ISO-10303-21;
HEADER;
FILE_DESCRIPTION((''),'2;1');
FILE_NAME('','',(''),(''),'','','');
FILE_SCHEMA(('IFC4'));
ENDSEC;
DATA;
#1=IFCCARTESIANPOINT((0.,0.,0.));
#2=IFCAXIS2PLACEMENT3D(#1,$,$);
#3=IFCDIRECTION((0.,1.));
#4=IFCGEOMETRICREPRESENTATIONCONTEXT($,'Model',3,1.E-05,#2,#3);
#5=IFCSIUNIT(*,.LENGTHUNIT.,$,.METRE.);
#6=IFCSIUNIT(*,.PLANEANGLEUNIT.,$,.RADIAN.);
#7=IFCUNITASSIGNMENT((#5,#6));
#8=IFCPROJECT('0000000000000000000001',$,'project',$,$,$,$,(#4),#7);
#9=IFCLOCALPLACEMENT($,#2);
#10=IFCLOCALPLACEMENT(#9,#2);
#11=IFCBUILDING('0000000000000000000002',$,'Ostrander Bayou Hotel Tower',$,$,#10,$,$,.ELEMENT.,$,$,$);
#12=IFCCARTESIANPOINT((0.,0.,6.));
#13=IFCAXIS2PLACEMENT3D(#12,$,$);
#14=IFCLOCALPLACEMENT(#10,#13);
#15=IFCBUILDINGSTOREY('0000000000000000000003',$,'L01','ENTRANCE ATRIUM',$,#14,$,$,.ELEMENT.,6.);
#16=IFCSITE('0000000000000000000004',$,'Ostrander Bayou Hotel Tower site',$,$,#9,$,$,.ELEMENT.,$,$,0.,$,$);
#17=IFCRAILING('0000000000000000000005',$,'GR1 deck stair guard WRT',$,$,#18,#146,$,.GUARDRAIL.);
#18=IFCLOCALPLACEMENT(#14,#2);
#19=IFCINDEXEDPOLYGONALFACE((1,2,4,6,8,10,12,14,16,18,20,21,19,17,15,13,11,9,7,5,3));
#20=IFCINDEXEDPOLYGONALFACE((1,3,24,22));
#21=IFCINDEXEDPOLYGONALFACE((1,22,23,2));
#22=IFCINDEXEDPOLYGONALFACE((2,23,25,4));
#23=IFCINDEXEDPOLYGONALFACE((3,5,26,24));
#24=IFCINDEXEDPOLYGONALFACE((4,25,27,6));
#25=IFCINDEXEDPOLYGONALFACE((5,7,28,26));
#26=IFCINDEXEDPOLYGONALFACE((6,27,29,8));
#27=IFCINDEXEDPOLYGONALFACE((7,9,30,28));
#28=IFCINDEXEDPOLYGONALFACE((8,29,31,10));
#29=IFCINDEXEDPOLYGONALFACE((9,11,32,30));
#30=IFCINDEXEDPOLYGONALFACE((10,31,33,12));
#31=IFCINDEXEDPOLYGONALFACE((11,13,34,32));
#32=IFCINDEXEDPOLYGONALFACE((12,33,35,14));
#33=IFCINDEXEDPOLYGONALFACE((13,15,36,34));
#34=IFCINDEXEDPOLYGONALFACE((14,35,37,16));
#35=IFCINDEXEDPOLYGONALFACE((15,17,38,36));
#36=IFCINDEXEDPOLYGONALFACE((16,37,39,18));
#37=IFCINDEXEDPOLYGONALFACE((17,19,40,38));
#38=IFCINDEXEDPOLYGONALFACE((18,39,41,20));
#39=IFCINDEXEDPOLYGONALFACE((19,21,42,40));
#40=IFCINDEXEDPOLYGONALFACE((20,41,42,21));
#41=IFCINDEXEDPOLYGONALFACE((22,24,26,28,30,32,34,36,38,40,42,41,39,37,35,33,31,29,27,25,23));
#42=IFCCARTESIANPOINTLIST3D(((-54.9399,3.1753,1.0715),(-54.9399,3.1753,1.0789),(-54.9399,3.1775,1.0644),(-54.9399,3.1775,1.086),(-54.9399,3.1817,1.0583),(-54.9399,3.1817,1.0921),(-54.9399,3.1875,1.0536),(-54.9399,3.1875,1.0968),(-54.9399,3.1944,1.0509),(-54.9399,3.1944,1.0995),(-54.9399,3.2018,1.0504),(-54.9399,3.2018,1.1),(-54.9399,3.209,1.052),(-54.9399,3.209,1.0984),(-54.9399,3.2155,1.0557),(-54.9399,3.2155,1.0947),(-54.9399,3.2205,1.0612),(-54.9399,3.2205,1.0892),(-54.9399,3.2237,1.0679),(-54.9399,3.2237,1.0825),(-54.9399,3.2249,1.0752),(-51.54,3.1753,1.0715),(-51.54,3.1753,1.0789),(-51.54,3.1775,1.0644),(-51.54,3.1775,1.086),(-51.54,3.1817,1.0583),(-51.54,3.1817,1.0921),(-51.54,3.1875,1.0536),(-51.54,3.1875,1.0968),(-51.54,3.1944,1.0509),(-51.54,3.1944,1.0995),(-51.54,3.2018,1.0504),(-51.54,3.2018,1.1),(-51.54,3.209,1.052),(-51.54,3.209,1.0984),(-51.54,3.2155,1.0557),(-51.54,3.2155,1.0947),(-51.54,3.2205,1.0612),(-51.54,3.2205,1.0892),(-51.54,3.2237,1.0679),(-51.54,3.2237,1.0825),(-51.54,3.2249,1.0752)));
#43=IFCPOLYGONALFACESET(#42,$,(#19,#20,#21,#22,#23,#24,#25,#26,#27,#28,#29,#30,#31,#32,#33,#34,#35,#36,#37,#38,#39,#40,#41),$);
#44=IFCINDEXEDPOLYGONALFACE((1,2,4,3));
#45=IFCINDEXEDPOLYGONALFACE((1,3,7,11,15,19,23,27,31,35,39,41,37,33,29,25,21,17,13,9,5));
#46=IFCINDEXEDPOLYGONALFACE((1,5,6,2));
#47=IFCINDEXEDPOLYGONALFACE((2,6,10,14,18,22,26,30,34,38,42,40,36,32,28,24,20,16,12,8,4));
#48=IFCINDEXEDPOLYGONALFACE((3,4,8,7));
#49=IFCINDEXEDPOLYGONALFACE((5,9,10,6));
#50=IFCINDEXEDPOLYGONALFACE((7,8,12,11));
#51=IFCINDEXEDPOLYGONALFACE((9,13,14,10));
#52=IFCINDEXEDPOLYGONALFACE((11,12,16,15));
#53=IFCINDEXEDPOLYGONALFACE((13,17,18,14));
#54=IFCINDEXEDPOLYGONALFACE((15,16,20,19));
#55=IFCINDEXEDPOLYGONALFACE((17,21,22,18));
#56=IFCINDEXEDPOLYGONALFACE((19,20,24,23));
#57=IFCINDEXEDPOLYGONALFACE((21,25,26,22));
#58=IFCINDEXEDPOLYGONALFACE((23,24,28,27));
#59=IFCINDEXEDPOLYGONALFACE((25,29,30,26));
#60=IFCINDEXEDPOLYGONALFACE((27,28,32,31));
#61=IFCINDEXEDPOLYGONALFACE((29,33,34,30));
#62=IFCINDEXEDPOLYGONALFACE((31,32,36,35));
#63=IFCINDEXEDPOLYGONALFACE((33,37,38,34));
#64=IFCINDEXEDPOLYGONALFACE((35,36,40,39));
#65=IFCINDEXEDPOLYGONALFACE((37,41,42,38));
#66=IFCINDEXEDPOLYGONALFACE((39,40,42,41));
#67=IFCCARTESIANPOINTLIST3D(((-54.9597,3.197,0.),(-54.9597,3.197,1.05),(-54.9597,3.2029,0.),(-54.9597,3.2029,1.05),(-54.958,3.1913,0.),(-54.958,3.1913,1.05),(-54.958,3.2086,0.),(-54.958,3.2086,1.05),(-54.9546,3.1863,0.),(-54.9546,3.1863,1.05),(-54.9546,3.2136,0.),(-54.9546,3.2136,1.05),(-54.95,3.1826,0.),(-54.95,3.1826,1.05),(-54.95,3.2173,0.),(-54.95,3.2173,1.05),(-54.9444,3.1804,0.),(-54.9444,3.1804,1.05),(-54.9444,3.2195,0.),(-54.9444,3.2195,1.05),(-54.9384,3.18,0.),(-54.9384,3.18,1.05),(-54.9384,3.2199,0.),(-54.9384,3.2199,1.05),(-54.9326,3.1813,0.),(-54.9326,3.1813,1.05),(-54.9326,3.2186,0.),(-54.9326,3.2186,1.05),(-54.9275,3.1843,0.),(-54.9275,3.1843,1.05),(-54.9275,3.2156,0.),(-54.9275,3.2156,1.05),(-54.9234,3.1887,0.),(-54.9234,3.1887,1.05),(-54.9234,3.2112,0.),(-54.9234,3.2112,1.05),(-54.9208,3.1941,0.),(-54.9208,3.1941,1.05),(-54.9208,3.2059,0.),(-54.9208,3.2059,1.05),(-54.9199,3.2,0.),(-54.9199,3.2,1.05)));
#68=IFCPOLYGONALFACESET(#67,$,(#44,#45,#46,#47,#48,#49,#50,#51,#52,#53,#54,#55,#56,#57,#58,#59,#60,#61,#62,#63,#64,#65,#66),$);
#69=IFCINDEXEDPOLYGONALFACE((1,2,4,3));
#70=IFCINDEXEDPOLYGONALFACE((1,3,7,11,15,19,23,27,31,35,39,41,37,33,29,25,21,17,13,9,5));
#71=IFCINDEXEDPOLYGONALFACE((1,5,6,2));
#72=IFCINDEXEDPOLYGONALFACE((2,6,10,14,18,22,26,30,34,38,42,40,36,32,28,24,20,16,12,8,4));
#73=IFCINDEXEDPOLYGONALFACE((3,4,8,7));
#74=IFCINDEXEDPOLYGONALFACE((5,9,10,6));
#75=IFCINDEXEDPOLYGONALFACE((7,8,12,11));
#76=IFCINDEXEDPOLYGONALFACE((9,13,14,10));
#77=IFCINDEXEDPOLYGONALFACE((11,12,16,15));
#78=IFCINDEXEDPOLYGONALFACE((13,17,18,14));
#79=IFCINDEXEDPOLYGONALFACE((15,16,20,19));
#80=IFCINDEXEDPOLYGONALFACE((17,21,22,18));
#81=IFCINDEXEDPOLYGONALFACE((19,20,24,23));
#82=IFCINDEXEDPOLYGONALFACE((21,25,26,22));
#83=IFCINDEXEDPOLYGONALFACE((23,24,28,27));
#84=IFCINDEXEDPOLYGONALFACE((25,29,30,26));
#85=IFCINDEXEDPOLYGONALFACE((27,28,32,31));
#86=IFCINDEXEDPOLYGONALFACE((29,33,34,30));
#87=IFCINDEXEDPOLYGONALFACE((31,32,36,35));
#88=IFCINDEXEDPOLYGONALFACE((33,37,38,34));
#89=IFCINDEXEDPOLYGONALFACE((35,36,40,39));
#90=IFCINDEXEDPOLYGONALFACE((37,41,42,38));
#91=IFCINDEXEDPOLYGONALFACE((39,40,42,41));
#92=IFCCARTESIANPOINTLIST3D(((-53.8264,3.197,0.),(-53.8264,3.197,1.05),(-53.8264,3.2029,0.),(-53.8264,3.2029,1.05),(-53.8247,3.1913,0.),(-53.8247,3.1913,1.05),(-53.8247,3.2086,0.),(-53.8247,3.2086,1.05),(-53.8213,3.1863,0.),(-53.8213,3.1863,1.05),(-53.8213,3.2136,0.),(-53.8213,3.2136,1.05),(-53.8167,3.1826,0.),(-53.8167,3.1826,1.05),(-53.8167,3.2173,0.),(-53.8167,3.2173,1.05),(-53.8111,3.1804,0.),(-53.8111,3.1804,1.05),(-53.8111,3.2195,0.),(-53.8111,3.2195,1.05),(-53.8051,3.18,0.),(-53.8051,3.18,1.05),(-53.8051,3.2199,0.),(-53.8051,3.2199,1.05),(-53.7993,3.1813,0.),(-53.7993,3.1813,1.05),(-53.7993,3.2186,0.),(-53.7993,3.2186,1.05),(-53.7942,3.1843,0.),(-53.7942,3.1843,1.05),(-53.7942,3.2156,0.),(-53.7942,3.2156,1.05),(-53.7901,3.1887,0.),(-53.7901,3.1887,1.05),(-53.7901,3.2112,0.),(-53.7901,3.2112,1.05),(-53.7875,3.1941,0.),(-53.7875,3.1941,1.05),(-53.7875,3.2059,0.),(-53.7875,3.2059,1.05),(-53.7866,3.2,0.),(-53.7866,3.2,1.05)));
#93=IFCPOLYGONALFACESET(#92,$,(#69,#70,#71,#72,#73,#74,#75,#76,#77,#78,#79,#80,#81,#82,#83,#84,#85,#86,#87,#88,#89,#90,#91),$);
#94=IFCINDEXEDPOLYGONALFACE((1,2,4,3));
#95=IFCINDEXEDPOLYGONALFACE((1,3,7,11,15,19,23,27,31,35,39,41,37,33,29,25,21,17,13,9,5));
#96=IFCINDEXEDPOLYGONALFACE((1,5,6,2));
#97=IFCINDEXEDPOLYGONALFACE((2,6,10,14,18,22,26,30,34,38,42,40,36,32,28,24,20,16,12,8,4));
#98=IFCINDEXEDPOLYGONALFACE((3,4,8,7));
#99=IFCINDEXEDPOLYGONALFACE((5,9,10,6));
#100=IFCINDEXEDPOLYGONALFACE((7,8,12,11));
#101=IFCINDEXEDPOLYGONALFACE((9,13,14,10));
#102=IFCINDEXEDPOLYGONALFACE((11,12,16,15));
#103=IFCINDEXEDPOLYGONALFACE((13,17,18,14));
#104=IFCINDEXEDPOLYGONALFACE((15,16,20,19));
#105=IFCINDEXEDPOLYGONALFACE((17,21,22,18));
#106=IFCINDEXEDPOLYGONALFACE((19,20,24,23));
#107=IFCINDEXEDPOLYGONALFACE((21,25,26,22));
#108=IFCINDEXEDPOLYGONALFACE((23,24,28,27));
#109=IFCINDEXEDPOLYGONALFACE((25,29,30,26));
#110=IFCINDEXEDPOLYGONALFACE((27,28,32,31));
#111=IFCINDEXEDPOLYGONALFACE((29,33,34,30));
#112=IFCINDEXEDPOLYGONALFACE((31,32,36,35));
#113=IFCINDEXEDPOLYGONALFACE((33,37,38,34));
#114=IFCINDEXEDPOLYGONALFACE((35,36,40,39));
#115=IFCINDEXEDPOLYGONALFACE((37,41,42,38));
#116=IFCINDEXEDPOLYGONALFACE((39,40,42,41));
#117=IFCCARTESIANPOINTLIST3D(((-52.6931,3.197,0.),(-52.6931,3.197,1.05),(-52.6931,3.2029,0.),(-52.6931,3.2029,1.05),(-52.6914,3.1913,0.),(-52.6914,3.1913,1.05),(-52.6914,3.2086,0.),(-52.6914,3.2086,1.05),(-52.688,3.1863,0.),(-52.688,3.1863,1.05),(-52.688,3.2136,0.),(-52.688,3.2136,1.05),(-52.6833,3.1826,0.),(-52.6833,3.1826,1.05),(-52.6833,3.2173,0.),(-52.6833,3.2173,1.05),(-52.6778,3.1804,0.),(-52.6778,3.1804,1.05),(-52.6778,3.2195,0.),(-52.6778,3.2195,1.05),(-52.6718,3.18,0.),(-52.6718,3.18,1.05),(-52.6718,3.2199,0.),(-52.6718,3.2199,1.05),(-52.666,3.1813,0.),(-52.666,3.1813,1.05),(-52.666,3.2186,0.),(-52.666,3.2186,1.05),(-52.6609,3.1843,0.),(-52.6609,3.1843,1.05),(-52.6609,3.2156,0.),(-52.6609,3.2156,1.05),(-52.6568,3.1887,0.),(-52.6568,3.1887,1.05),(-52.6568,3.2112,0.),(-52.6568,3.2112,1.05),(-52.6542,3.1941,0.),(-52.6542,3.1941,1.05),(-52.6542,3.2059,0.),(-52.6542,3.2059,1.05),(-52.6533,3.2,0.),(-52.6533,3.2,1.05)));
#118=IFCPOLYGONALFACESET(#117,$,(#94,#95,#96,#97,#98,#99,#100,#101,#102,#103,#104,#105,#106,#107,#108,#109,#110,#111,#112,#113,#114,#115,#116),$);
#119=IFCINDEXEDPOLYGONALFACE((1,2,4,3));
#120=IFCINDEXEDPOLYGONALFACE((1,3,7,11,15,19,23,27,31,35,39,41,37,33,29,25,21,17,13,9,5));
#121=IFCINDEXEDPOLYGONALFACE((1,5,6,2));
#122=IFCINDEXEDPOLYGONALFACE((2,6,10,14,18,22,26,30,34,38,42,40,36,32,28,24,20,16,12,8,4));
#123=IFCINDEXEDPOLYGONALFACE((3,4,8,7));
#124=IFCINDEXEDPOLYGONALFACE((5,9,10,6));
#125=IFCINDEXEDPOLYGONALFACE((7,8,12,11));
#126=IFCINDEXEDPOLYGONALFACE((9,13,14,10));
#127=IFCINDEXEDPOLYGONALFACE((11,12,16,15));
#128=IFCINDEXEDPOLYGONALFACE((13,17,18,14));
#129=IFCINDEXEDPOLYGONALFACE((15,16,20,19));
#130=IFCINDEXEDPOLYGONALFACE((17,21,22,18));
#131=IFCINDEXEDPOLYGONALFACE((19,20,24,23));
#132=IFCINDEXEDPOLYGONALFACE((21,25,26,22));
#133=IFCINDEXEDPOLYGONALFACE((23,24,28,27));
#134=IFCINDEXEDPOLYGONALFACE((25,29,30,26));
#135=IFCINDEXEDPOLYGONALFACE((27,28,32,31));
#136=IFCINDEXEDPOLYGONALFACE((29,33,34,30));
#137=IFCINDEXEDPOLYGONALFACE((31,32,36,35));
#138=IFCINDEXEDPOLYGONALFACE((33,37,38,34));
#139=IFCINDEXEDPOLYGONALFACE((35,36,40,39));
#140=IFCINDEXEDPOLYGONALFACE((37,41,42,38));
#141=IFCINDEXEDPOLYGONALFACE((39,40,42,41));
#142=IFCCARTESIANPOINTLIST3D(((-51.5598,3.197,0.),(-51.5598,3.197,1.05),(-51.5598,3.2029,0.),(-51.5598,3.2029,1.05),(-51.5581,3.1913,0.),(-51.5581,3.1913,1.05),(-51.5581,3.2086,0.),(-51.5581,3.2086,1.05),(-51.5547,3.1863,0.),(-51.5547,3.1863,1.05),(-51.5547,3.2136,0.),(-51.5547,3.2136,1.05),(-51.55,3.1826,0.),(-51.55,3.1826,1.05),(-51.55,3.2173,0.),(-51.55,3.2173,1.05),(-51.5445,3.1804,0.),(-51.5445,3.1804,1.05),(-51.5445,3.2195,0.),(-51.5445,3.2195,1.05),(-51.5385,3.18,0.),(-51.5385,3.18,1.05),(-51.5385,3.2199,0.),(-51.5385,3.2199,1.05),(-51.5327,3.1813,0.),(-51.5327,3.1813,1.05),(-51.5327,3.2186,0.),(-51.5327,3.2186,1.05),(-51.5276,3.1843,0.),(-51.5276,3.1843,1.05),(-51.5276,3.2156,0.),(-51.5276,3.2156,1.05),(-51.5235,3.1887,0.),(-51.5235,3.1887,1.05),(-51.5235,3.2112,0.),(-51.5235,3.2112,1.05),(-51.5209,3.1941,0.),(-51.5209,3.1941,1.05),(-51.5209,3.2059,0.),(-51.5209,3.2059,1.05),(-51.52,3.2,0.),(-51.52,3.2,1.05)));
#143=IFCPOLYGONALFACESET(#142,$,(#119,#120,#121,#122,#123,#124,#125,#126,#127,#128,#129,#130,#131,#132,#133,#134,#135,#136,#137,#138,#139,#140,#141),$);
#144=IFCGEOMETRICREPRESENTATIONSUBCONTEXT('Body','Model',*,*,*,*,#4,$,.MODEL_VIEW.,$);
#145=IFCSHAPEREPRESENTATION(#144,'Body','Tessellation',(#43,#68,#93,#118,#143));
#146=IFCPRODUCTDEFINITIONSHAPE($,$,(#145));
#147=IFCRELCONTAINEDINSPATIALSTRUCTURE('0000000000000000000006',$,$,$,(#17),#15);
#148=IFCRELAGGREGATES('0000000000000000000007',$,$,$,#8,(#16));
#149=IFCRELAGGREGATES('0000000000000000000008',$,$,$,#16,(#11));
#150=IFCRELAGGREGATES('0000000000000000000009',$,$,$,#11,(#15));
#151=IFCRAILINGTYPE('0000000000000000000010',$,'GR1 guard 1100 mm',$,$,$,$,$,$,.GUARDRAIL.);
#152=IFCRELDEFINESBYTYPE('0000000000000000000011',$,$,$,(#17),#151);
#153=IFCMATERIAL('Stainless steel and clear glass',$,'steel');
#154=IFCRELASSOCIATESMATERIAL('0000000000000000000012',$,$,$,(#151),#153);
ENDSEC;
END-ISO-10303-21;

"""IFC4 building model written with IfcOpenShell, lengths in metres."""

from ifc_helpers import new_model, si_unit, direction, frame, origin, origin_2d, place, context, subcontext, project, spatial, circle, extrude, material, type_object, element, save


model = new_model("IFC4")

# Units and contexts
model_context = context("Model", 3, precision=1e-05, world=origin(), true_north=direction((0.0, 1.0)))
body_context = subcontext(model_context, "Body", "Model", "MODEL_VIEW")
ifc_project = project(units=[si_unit("LENGTHUNIT", "METRE"), si_unit("PLANEANGLEUNIT", "RADIAN")], contexts=[model_context])

# Site, building, storey
site_placement = place(None, origin())
site = spatial("IfcSite", under=ifc_project, at=site_placement, Name="Ostrander Bayou Hotel Tower site", CompositionType="ELEMENT", RefElevation=0.0)
building_placement = place(site_placement, origin())
building = spatial("IfcBuilding", under=site, at=building_placement, Name="Ostrander Bayou Hotel Tower", CompositionType="ELEMENT")
storey_placement = place(building_placement, frame((0.0, 0.0, 6.0)))
storey = spatial("IfcBuildingStorey", under=building, at=storey_placement, Name="L01", Description="ENTRANCE ATRIUM", CompositionType="ELEMENT", Elevation=6.0)

# Railing
ifc_material_1 = material(Name="Stainless steel and clear glass", Category="steel")
railing_type = type_object("IfcRailingType", Name="GR1 guard 1100 mm", PredefinedType="GUARDRAIL", material=ifc_material_1)
railing_1_placement = place(storey_placement, frame((-54.9399, 3.2, 0.0)))
element("IfcRailing", 1, at=railing_1_placement, inside=storey, type_object=railing_type, Name="GR1 deck stair guard WRT", PredefinedType="GUARDRAIL", context=body_context, shape_type="SweptSolid", body=[
    extrude(circle(Radius=0.0249, at=origin_2d()), frame((0.0, 0.0, 1.0752), z_axis=(1.0, 0.0, 0.0), x_axis=(0.0, 1.0, 0.0)), (0.0, 0.0, 1.0), 3.3999),
    extrude(circle(Radius=0.02, at=origin_2d()), origin(), (0.0, 0.0, 1.0), 1.05),
    extrude(circle(Radius=0.02, at=origin_2d()), frame((1.1333, 0.0, 0.0)), (0.0, 0.0, 1.0), 1.05),
    extrude(circle(Radius=0.02, at=origin_2d()), frame((2.2666, 0.0, 0.0)), (0.0, 0.0, 1.0), 1.05),
    extrude(circle(Radius=0.02, at=origin_2d()), frame((3.3999, 0.0, 0.0)), (0.0, 0.0, 1.0), 1.05),
])

save(model, "model.ifc")
